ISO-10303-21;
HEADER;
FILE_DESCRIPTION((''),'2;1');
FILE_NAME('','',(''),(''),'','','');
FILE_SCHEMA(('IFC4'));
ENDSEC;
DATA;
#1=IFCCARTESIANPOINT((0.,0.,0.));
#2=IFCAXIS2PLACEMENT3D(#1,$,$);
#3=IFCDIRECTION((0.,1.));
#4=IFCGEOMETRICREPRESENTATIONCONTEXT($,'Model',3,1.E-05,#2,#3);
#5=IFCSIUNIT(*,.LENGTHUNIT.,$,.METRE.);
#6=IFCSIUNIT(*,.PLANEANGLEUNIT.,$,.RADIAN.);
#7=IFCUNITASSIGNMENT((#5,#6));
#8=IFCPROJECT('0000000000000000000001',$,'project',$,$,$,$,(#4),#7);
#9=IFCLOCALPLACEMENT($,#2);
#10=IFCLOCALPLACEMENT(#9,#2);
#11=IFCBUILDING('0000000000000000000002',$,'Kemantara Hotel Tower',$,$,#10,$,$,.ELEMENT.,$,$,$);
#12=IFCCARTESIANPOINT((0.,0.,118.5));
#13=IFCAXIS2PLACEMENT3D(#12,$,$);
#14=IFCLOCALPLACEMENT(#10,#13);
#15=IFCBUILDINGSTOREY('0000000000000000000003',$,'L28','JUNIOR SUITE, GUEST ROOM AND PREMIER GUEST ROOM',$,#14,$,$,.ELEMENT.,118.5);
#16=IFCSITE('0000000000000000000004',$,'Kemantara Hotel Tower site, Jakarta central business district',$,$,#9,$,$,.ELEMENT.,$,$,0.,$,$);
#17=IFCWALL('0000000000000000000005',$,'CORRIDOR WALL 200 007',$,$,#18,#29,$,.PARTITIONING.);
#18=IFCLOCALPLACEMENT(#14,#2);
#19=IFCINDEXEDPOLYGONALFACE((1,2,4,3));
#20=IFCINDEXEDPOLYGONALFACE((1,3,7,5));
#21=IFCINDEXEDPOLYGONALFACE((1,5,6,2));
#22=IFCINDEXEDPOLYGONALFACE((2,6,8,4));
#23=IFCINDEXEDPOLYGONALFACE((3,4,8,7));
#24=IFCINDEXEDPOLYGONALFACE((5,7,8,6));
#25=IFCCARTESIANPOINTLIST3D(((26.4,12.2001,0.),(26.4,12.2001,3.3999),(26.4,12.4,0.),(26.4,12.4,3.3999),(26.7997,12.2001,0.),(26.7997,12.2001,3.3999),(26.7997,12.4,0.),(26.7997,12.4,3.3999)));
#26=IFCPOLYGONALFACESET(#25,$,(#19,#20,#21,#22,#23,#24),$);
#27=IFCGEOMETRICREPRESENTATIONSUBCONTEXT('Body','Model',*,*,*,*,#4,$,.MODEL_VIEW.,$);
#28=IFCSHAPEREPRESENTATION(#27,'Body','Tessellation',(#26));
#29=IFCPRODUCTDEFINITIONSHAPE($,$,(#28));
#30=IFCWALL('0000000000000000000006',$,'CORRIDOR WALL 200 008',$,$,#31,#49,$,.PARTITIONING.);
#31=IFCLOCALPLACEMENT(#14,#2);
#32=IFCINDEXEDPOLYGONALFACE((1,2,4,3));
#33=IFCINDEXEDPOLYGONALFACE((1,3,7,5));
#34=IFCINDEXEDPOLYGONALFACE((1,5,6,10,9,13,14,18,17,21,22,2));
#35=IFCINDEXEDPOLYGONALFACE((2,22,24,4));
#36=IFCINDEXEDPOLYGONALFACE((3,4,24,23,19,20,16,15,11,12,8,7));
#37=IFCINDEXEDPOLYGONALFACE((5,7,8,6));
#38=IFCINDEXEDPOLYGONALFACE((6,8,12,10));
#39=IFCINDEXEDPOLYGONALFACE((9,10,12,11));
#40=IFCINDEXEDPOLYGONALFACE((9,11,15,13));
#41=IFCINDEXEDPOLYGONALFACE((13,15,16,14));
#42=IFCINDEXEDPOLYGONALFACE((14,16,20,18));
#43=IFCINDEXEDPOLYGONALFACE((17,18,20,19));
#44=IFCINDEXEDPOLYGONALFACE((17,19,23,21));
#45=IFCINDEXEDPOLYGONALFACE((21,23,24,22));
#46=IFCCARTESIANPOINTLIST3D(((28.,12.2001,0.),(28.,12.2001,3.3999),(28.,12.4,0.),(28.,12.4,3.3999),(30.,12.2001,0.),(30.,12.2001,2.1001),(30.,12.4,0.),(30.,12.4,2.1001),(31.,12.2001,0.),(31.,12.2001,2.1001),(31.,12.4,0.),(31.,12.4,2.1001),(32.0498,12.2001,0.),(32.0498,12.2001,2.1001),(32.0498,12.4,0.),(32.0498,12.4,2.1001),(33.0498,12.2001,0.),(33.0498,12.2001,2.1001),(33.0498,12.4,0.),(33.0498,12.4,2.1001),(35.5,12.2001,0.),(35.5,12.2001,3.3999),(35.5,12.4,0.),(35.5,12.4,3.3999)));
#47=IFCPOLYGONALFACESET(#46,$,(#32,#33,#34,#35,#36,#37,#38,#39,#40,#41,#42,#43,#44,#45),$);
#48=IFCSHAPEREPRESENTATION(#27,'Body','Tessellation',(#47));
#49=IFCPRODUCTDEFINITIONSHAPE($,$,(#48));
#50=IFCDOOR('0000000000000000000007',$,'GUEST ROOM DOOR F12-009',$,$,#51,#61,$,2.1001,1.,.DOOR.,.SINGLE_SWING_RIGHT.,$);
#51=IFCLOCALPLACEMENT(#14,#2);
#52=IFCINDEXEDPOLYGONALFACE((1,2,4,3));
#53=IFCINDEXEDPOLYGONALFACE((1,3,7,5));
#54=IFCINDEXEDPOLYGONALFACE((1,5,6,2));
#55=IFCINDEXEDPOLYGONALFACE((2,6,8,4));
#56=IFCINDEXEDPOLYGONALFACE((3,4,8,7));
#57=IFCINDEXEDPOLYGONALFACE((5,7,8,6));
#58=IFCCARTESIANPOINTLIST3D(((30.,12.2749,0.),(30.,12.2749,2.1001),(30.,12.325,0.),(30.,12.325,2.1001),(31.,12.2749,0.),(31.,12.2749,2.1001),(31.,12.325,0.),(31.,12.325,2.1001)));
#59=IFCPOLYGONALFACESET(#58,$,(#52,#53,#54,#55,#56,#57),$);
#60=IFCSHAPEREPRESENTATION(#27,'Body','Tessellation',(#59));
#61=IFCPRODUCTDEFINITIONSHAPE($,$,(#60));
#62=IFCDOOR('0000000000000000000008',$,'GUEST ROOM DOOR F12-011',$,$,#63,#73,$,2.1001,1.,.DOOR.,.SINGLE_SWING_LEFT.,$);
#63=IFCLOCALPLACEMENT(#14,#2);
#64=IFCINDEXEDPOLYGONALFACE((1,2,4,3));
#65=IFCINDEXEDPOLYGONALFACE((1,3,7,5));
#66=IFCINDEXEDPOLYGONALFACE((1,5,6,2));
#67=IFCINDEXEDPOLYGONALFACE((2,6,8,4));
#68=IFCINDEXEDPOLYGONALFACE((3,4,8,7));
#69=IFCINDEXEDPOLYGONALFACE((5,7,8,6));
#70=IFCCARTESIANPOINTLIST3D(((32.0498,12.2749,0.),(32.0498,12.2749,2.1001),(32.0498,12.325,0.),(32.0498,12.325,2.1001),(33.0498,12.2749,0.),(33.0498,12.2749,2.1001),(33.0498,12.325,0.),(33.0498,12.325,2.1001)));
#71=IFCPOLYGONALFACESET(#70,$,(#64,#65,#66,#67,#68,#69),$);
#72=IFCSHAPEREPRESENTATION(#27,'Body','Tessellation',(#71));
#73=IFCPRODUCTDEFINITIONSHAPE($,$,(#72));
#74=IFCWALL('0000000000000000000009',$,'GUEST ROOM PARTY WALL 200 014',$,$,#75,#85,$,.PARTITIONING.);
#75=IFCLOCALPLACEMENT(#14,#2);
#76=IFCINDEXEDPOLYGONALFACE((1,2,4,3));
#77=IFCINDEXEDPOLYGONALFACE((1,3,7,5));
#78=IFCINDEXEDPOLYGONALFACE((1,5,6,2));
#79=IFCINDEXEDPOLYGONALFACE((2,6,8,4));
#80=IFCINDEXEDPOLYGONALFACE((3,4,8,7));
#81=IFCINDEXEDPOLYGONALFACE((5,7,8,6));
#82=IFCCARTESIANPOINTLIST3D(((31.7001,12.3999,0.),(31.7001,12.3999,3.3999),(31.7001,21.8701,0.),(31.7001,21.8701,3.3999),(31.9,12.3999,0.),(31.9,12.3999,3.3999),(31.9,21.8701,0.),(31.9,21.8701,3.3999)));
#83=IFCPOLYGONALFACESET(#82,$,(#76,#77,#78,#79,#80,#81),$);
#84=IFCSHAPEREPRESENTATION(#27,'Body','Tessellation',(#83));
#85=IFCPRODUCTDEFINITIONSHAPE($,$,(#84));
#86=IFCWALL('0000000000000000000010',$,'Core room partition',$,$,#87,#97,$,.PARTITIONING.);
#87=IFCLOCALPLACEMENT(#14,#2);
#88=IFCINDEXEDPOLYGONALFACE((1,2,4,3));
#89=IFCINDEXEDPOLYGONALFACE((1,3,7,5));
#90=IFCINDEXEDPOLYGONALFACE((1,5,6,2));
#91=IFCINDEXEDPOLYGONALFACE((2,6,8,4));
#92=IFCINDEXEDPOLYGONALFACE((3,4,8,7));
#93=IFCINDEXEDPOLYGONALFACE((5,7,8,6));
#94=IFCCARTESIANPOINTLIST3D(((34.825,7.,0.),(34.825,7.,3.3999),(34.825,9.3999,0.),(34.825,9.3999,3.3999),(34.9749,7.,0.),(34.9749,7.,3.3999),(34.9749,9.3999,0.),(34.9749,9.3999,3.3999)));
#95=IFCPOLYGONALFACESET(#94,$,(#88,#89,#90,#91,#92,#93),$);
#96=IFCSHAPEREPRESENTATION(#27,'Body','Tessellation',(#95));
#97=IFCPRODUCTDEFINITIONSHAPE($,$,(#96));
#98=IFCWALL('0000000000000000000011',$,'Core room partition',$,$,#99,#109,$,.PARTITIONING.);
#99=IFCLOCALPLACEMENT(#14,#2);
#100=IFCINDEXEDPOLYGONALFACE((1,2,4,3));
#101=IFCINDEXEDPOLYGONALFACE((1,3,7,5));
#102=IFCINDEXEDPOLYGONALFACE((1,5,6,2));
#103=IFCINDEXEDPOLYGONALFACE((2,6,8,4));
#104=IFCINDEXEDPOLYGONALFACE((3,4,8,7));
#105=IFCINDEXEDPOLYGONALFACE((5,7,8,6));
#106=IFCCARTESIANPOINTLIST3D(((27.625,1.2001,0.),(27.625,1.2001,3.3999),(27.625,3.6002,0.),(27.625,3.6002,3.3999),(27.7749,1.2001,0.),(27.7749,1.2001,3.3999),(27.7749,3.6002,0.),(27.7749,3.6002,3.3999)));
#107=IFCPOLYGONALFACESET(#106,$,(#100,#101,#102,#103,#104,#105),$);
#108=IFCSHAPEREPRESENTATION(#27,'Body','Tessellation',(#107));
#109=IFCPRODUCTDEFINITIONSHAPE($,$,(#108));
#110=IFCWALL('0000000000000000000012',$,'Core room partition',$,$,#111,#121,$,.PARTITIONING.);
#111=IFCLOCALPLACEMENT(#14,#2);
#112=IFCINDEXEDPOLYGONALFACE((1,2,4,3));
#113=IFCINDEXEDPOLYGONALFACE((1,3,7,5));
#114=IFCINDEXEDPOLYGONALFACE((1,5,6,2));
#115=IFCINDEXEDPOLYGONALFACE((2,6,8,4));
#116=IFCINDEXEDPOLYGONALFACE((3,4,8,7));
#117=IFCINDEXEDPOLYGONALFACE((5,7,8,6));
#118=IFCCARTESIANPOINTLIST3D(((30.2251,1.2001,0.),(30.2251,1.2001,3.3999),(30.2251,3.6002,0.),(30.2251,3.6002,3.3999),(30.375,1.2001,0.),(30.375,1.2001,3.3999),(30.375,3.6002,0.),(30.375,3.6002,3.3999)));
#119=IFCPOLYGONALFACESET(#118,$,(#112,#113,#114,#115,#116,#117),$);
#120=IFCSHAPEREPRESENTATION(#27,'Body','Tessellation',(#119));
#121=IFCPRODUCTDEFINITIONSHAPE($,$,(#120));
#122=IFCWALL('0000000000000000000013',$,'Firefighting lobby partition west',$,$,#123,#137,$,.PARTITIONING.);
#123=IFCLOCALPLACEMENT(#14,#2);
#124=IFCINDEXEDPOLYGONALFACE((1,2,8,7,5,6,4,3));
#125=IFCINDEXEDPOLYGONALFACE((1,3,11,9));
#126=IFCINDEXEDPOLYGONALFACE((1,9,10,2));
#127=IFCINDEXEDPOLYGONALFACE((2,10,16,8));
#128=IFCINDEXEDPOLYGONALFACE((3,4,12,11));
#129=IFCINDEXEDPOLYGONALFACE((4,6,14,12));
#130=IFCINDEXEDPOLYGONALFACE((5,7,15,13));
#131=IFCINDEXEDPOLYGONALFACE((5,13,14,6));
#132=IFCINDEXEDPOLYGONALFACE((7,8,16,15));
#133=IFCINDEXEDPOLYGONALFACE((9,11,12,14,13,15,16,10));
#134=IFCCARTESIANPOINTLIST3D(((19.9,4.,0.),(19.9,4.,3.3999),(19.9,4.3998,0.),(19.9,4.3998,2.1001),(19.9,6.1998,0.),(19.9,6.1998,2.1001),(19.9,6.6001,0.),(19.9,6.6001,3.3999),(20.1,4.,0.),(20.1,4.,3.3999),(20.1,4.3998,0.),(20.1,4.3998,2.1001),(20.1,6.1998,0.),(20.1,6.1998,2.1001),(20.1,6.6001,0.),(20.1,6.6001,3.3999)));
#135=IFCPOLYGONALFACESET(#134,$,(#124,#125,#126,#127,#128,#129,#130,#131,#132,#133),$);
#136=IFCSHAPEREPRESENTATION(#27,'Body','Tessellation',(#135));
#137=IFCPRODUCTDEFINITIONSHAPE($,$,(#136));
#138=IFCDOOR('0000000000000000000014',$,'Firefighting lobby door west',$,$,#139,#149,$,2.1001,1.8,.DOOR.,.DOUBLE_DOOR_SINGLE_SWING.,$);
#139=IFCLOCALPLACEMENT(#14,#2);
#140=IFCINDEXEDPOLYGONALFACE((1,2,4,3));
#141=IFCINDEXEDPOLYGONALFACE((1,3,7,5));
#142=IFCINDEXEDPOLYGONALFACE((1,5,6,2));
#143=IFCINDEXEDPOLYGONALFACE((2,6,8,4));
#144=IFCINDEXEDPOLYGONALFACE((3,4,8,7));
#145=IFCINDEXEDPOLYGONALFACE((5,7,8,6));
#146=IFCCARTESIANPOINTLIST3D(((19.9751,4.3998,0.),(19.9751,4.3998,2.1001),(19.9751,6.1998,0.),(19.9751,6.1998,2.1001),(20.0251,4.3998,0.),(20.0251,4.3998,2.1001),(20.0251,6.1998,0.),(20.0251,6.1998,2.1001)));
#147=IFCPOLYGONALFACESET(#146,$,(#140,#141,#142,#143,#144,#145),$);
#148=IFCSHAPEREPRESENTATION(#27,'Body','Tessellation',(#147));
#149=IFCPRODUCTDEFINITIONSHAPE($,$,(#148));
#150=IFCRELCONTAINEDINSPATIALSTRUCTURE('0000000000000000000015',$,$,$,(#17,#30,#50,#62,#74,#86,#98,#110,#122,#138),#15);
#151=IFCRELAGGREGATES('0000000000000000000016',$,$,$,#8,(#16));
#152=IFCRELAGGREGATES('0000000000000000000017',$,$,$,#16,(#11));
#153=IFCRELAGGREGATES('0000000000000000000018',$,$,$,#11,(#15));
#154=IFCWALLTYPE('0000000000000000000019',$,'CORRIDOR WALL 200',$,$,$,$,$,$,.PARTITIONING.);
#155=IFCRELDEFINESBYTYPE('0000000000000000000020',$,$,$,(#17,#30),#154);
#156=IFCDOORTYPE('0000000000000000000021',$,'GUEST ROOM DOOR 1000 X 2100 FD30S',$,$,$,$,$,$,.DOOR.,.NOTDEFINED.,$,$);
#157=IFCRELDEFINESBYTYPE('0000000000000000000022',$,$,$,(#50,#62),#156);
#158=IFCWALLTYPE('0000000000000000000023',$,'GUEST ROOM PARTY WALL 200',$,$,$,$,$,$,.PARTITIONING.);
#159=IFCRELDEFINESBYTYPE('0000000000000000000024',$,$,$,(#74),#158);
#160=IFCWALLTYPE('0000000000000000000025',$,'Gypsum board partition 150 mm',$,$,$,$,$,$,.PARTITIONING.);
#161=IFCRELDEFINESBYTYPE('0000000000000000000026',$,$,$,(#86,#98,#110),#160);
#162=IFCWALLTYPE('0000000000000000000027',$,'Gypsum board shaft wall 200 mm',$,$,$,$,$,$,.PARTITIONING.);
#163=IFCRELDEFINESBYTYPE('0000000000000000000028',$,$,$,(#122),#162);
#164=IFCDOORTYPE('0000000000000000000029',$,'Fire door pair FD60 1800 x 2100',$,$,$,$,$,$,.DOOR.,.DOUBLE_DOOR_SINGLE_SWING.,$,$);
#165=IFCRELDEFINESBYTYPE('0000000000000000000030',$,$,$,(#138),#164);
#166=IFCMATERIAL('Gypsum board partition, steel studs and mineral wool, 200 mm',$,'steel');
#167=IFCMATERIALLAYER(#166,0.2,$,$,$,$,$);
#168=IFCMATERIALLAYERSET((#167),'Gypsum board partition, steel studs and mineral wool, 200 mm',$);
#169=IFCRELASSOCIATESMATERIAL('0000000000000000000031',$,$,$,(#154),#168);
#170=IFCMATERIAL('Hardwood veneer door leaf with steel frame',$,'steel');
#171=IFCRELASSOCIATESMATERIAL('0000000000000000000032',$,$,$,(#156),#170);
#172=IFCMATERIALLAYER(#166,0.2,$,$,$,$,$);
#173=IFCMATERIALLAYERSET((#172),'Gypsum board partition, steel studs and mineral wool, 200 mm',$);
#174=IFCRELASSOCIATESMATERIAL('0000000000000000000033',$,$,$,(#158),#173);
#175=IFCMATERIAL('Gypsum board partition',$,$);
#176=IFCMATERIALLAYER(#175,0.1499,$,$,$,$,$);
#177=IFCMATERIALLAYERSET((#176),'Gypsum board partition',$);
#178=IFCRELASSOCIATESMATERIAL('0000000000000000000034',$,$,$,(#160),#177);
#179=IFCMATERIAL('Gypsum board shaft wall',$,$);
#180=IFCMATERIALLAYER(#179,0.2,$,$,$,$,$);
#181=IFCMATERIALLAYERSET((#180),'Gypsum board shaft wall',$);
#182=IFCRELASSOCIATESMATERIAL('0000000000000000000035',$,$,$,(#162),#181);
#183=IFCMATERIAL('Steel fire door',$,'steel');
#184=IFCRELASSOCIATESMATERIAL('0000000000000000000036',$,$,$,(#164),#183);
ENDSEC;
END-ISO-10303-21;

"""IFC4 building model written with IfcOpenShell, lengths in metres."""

from ifc_helpers import new_model, si_unit, direction, frame, frame_2d, origin, place, context, subcontext, project, spatial, rectangle, extrude, material, layer, layer_set, type_object, element, fill, save


model = new_model("IFC4")

# Units and contexts
model_context = context("Model", 3, precision=1e-05, world=origin(), true_north=direction((0.0, 1.0)))
body_context = subcontext(model_context, "Body", "Model", "MODEL_VIEW")
ifc_project = project(units=[si_unit("LENGTHUNIT", "METRE"), si_unit("PLANEANGLEUNIT", "RADIAN")], contexts=[model_context])

# Site, building, storey
site_placement = place(None, origin())
site = spatial("IfcSite", under=ifc_project, at=site_placement, Name="Kemantara Hotel Tower site, Jakarta central business district", CompositionType="ELEMENT", RefElevation=0.0)
building_placement = place(site_placement, origin())
building = spatial("IfcBuilding", under=site, at=building_placement, Name="Kemantara Hotel Tower", CompositionType="ELEMENT")
storey_placement = place(building_placement, frame((0.0, 0.0, 118.5)))
storey = spatial("IfcBuildingStorey", under=building, at=storey_placement, Name="L28", Description="JUNIOR SUITE, GUEST ROOM AND PREMIER GUEST ROOM", CompositionType="ELEMENT", Elevation=118.5)

# Shared definitions
ifc_material_1 = material(Name="Steel fire door", Category="steel")

# Wall
ifc_material_2 = material(Name="Gypsum board partition, steel studs and mineral wool, 200 mm", Category="steel")
ifc_layer_1 = layer(ifc_material_2, 0.2)
ifc_layer_set_1 = layer_set([ifc_layer_1], Name="Gypsum board partition, steel studs and mineral wool, 200 mm")
wall_type_1 = type_object("IfcWallType", Name="CORRIDOR WALL 200", PredefinedType="PARTITIONING", material=ifc_layer_set_1)
wall_1_placement = place(storey_placement, frame((26.4001, 12.3, 0.0), z_axis=(0.0, 0.0, 1.0), x_axis=(1.0, 0.0, 0.0)))
element("IfcWall", 1, at=wall_1_placement, inside=storey, type_object=wall_type_1, Name="CORRIDOR WALL 200 007", PredefinedType="PARTITIONING", context=body_context, shape_type="SweptSolid", body=[
    extrude(rectangle(XDim=0.3997, YDim=0.2, at=frame_2d((0.1997, 0.0))), origin(), (0.0, 0.0, 1.0), 3.3999),
])

# Wall, openings, doors
wall_2_placement = place(storey_placement, frame((28.0, 12.3, 0.0), z_axis=(0.0, 0.0, 1.0), x_axis=(1.0, 0.0, 0.0)))
wall_2 = element("IfcWall", 2, at=wall_2_placement, inside=storey, type_object=wall_type_1, Name="CORRIDOR WALL 200 008", PredefinedType="PARTITIONING", context=body_context, shape_type="SweptSolid", body=[
    extrude(rectangle(XDim=7.5, YDim=0.2, at=frame_2d((3.75, 0.0))), origin(), (0.0, 0.0, 1.0), 3.3999),
])
opening_1_placement = place(wall_2_placement, frame((2.0, 0.0, 0.0)))
opening_1 = element("IfcOpeningElement", 3, at=opening_1_placement, cuts=wall_2, PredefinedType="OPENING", context=body_context, shape_type="SweptSolid", body=[
    extrude(rectangle(XDim=1.0, YDim=2.1001, at=frame_2d((0.5, 1.05))), frame((0.0, 0.1099, 0.0), z_axis=(0.0, -1.0, 0.0), x_axis=(1.0, 0.0, 0.0)), (0.0, 0.0, 1.0), 0.22),
])
opening_2_placement = place(wall_2_placement, frame((4.0498, 0.0, 0.0)))
opening_2 = element("IfcOpeningElement", 4, at=opening_2_placement, cuts=wall_2, PredefinedType="OPENING", context=body_context, shape_type="SweptSolid", body=[
    extrude(rectangle(XDim=1.0, YDim=2.1001, at=frame_2d((0.5, 1.05))), frame((0.0, 0.1099, 0.0), z_axis=(0.0, -1.0, 0.0), x_axis=(1.0, 0.0, 0.0)), (0.0, 0.0, 1.0), 0.22),
])
ifc_material_3 = material(Name="Hardwood veneer door leaf with steel frame", Category="steel")
door_type_1 = type_object("IfcDoorType", Name="GUEST ROOM DOOR 1000 X 2100 FD30S", OperationType="NOTDEFINED", PredefinedType="DOOR", material=ifc_material_3)
door_1_placement = place(opening_1_placement, origin())
door_1 = element("IfcDoor", 5, at=door_1_placement, inside=storey, type_object=door_type_1, Name="GUEST ROOM DOOR F12-009", OperationType="SINGLE_SWING_RIGHT", OverallHeight=2.1001, OverallWidth=1.0, PredefinedType="DOOR", context=body_context, shape_type="SweptSolid", body=[
    extrude(rectangle(XDim=1.0, YDim=2.1001, at=frame_2d((0.5, 1.05))), frame((0.0, 0.0249, 0.0), z_axis=(0.0, -1.0, 0.0), x_axis=(1.0, 0.0, 0.0)), (0.0, 0.0, 1.0), 0.05),
])
fill(opening_1, door_1)
door_2_placement = place(opening_2_placement, origin())
door_2 = element("IfcDoor", 6, at=door_2_placement, inside=storey, type_object=door_type_1, Name="GUEST ROOM DOOR F12-011", OperationType="SINGLE_SWING_LEFT", OverallHeight=2.1001, OverallWidth=1.0, PredefinedType="DOOR", context=body_context, shape_type="SweptSolid", body=[
    extrude(rectangle(XDim=1.0, YDim=2.1001, at=frame_2d((0.5, 1.05))), frame((0.0, 0.0249, 0.0), z_axis=(0.0, -1.0, 0.0), x_axis=(1.0, 0.0, 0.0)), (0.0, 0.0, 1.0), 0.05),
])
fill(opening_2, door_2)

# Walls
ifc_layer_2 = layer(ifc_material_2, 0.2)
ifc_layer_set_2 = layer_set([ifc_layer_2], Name="Gypsum board partition, steel studs and mineral wool, 200 mm")
wall_type_2 = type_object("IfcWallType", Name="GUEST ROOM PARTY WALL 200", PredefinedType="PARTITIONING", material=ifc_layer_set_2)
wall_3_placement = place(storey_placement, frame((31.8, 12.3999, 0.0), z_axis=(0.0, 0.0, 1.0), x_axis=(0.0, 1.0, 0.0)))
element("IfcWall", 7, at=wall_3_placement, inside=storey, type_object=wall_type_2, Name="GUEST ROOM PARTY WALL 200 014", PredefinedType="PARTITIONING", context=body_context, shape_type="SweptSolid", body=[
    extrude(rectangle(XDim=9.4702, YDim=0.2, at=frame_2d((4.7351, 0.0))), origin(), (0.0, 0.0, 1.0), 3.3999),
])
ifc_material_4 = material(Name="Gypsum board partition")
ifc_layer_3 = layer(ifc_material_4, 0.1499)
ifc_layer_set_3 = layer_set([ifc_layer_3], Name="Gypsum board partition")
wall_type_3 = type_object("IfcWallType", Name="Gypsum board partition 150 mm", PredefinedType="PARTITIONING", material=ifc_layer_set_3)
wall_4_placement = place(storey_placement, frame((34.8999, 7.0, 0.0), z_axis=(0.0, 0.0, 1.0), x_axis=(0.0, 1.0, 0.0)))
element("IfcWall", 8, at=wall_4_placement, inside=storey, type_object=wall_type_3, Name="Core room partition", PredefinedType="PARTITIONING", context=body_context, shape_type="SweptSolid", body=[
    extrude(rectangle(XDim=2.3999, YDim=0.1499, at=frame_2d((1.2, 0.0))), origin(), (0.0, 0.0, 1.0), 3.3999),
])
for number, where, z_axis, x_axis, name in (
    (9, (27.7, 1.2, 0.0), (0.0, 0.0, 1.0), (0.0, 1.0, 0.0), "Core room partition"),
    (10, (30.3, 1.2, 0.0), (0.0, 0.0, 1.0), (0.0, 1.0, 0.0), "Core room partition"),
):
    element("IfcWall", number, at=place(storey_placement, frame(where, z_axis=z_axis, x_axis=x_axis)), inside=storey, type_object=wall_type_3, Name=name, PredefinedType="PARTITIONING", context=body_context, shape_type="SweptSolid", body=[
        extrude(rectangle(XDim=2.4001, YDim=0.1499, at=frame_2d((1.2002, 0.0))), origin(), (0.0, 0.0, 1.0), 3.3999),
    ])

# Wall, opening, door
ifc_material_5 = material(Name="Gypsum board shaft wall")
ifc_layer_4 = layer(ifc_material_5, 0.2)
ifc_layer_set_4 = layer_set([ifc_layer_4], Name="Gypsum board shaft wall")
wall_type_4 = type_object("IfcWallType", Name="Gypsum board shaft wall 200 mm", PredefinedType="PARTITIONING", material=ifc_layer_set_4)
wall_5_placement = place(storey_placement, frame((20.0, 4.0, 0.0), z_axis=(0.0, 0.0, 1.0), x_axis=(0.0, 1.0, 0.0)))
wall_5 = element("IfcWall", 11, at=wall_5_placement, inside=storey, type_object=wall_type_4, Name="Firefighting lobby partition west", PredefinedType="PARTITIONING", context=body_context, shape_type="SweptSolid", body=[
    extrude(rectangle(XDim=2.6001, YDim=0.2, at=frame_2d((1.3, 0.0))), origin(), (0.0, 0.0, 1.0), 3.3999),
])
opening_3_placement = place(wall_5_placement, frame((0.3999, 0.0, 0.0)))
opening_3 = element("IfcOpeningElement", 12, at=opening_3_placement, cuts=wall_5, PredefinedType="OPENING", context=body_context, shape_type="SweptSolid", body=[
    extrude(rectangle(XDim=1.8, YDim=2.1001, at=frame_2d((0.8999, 1.05))), frame((0.0, 0.1099, 0.0), z_axis=(0.0, -1.0, 0.0), x_axis=(1.0, 0.0, 0.0)), (0.0, 0.0, 1.0), 0.22),
])
door_type_2 = type_object("IfcDoorType", Name="Fire door pair FD60 1800 x 2100", OperationType="DOUBLE_DOOR_SINGLE_SWING", PredefinedType="DOOR", material=ifc_material_1)
door_3_placement = place(opening_3_placement, origin())
door_3 = element("IfcDoor", 13, at=door_3_placement, inside=storey, type_object=door_type_2, Name="Firefighting lobby door west", OperationType="DOUBLE_DOOR_SINGLE_SWING", OverallHeight=2.1001, OverallWidth=1.8, PredefinedType="DOOR", context=body_context, shape_type="SweptSolid", body=[
    extrude(rectangle(XDim=1.8, YDim=2.1001, at=frame_2d((0.8999, 1.05))), frame((0.0, 0.0249, 0.0), z_axis=(0.0, -1.0, 0.0), x_axis=(1.0, 0.0, 0.0)), (0.0, 0.0, 1.0), 0.05),
])
fill(opening_3, door_3)

save(model, "model.ifc")
